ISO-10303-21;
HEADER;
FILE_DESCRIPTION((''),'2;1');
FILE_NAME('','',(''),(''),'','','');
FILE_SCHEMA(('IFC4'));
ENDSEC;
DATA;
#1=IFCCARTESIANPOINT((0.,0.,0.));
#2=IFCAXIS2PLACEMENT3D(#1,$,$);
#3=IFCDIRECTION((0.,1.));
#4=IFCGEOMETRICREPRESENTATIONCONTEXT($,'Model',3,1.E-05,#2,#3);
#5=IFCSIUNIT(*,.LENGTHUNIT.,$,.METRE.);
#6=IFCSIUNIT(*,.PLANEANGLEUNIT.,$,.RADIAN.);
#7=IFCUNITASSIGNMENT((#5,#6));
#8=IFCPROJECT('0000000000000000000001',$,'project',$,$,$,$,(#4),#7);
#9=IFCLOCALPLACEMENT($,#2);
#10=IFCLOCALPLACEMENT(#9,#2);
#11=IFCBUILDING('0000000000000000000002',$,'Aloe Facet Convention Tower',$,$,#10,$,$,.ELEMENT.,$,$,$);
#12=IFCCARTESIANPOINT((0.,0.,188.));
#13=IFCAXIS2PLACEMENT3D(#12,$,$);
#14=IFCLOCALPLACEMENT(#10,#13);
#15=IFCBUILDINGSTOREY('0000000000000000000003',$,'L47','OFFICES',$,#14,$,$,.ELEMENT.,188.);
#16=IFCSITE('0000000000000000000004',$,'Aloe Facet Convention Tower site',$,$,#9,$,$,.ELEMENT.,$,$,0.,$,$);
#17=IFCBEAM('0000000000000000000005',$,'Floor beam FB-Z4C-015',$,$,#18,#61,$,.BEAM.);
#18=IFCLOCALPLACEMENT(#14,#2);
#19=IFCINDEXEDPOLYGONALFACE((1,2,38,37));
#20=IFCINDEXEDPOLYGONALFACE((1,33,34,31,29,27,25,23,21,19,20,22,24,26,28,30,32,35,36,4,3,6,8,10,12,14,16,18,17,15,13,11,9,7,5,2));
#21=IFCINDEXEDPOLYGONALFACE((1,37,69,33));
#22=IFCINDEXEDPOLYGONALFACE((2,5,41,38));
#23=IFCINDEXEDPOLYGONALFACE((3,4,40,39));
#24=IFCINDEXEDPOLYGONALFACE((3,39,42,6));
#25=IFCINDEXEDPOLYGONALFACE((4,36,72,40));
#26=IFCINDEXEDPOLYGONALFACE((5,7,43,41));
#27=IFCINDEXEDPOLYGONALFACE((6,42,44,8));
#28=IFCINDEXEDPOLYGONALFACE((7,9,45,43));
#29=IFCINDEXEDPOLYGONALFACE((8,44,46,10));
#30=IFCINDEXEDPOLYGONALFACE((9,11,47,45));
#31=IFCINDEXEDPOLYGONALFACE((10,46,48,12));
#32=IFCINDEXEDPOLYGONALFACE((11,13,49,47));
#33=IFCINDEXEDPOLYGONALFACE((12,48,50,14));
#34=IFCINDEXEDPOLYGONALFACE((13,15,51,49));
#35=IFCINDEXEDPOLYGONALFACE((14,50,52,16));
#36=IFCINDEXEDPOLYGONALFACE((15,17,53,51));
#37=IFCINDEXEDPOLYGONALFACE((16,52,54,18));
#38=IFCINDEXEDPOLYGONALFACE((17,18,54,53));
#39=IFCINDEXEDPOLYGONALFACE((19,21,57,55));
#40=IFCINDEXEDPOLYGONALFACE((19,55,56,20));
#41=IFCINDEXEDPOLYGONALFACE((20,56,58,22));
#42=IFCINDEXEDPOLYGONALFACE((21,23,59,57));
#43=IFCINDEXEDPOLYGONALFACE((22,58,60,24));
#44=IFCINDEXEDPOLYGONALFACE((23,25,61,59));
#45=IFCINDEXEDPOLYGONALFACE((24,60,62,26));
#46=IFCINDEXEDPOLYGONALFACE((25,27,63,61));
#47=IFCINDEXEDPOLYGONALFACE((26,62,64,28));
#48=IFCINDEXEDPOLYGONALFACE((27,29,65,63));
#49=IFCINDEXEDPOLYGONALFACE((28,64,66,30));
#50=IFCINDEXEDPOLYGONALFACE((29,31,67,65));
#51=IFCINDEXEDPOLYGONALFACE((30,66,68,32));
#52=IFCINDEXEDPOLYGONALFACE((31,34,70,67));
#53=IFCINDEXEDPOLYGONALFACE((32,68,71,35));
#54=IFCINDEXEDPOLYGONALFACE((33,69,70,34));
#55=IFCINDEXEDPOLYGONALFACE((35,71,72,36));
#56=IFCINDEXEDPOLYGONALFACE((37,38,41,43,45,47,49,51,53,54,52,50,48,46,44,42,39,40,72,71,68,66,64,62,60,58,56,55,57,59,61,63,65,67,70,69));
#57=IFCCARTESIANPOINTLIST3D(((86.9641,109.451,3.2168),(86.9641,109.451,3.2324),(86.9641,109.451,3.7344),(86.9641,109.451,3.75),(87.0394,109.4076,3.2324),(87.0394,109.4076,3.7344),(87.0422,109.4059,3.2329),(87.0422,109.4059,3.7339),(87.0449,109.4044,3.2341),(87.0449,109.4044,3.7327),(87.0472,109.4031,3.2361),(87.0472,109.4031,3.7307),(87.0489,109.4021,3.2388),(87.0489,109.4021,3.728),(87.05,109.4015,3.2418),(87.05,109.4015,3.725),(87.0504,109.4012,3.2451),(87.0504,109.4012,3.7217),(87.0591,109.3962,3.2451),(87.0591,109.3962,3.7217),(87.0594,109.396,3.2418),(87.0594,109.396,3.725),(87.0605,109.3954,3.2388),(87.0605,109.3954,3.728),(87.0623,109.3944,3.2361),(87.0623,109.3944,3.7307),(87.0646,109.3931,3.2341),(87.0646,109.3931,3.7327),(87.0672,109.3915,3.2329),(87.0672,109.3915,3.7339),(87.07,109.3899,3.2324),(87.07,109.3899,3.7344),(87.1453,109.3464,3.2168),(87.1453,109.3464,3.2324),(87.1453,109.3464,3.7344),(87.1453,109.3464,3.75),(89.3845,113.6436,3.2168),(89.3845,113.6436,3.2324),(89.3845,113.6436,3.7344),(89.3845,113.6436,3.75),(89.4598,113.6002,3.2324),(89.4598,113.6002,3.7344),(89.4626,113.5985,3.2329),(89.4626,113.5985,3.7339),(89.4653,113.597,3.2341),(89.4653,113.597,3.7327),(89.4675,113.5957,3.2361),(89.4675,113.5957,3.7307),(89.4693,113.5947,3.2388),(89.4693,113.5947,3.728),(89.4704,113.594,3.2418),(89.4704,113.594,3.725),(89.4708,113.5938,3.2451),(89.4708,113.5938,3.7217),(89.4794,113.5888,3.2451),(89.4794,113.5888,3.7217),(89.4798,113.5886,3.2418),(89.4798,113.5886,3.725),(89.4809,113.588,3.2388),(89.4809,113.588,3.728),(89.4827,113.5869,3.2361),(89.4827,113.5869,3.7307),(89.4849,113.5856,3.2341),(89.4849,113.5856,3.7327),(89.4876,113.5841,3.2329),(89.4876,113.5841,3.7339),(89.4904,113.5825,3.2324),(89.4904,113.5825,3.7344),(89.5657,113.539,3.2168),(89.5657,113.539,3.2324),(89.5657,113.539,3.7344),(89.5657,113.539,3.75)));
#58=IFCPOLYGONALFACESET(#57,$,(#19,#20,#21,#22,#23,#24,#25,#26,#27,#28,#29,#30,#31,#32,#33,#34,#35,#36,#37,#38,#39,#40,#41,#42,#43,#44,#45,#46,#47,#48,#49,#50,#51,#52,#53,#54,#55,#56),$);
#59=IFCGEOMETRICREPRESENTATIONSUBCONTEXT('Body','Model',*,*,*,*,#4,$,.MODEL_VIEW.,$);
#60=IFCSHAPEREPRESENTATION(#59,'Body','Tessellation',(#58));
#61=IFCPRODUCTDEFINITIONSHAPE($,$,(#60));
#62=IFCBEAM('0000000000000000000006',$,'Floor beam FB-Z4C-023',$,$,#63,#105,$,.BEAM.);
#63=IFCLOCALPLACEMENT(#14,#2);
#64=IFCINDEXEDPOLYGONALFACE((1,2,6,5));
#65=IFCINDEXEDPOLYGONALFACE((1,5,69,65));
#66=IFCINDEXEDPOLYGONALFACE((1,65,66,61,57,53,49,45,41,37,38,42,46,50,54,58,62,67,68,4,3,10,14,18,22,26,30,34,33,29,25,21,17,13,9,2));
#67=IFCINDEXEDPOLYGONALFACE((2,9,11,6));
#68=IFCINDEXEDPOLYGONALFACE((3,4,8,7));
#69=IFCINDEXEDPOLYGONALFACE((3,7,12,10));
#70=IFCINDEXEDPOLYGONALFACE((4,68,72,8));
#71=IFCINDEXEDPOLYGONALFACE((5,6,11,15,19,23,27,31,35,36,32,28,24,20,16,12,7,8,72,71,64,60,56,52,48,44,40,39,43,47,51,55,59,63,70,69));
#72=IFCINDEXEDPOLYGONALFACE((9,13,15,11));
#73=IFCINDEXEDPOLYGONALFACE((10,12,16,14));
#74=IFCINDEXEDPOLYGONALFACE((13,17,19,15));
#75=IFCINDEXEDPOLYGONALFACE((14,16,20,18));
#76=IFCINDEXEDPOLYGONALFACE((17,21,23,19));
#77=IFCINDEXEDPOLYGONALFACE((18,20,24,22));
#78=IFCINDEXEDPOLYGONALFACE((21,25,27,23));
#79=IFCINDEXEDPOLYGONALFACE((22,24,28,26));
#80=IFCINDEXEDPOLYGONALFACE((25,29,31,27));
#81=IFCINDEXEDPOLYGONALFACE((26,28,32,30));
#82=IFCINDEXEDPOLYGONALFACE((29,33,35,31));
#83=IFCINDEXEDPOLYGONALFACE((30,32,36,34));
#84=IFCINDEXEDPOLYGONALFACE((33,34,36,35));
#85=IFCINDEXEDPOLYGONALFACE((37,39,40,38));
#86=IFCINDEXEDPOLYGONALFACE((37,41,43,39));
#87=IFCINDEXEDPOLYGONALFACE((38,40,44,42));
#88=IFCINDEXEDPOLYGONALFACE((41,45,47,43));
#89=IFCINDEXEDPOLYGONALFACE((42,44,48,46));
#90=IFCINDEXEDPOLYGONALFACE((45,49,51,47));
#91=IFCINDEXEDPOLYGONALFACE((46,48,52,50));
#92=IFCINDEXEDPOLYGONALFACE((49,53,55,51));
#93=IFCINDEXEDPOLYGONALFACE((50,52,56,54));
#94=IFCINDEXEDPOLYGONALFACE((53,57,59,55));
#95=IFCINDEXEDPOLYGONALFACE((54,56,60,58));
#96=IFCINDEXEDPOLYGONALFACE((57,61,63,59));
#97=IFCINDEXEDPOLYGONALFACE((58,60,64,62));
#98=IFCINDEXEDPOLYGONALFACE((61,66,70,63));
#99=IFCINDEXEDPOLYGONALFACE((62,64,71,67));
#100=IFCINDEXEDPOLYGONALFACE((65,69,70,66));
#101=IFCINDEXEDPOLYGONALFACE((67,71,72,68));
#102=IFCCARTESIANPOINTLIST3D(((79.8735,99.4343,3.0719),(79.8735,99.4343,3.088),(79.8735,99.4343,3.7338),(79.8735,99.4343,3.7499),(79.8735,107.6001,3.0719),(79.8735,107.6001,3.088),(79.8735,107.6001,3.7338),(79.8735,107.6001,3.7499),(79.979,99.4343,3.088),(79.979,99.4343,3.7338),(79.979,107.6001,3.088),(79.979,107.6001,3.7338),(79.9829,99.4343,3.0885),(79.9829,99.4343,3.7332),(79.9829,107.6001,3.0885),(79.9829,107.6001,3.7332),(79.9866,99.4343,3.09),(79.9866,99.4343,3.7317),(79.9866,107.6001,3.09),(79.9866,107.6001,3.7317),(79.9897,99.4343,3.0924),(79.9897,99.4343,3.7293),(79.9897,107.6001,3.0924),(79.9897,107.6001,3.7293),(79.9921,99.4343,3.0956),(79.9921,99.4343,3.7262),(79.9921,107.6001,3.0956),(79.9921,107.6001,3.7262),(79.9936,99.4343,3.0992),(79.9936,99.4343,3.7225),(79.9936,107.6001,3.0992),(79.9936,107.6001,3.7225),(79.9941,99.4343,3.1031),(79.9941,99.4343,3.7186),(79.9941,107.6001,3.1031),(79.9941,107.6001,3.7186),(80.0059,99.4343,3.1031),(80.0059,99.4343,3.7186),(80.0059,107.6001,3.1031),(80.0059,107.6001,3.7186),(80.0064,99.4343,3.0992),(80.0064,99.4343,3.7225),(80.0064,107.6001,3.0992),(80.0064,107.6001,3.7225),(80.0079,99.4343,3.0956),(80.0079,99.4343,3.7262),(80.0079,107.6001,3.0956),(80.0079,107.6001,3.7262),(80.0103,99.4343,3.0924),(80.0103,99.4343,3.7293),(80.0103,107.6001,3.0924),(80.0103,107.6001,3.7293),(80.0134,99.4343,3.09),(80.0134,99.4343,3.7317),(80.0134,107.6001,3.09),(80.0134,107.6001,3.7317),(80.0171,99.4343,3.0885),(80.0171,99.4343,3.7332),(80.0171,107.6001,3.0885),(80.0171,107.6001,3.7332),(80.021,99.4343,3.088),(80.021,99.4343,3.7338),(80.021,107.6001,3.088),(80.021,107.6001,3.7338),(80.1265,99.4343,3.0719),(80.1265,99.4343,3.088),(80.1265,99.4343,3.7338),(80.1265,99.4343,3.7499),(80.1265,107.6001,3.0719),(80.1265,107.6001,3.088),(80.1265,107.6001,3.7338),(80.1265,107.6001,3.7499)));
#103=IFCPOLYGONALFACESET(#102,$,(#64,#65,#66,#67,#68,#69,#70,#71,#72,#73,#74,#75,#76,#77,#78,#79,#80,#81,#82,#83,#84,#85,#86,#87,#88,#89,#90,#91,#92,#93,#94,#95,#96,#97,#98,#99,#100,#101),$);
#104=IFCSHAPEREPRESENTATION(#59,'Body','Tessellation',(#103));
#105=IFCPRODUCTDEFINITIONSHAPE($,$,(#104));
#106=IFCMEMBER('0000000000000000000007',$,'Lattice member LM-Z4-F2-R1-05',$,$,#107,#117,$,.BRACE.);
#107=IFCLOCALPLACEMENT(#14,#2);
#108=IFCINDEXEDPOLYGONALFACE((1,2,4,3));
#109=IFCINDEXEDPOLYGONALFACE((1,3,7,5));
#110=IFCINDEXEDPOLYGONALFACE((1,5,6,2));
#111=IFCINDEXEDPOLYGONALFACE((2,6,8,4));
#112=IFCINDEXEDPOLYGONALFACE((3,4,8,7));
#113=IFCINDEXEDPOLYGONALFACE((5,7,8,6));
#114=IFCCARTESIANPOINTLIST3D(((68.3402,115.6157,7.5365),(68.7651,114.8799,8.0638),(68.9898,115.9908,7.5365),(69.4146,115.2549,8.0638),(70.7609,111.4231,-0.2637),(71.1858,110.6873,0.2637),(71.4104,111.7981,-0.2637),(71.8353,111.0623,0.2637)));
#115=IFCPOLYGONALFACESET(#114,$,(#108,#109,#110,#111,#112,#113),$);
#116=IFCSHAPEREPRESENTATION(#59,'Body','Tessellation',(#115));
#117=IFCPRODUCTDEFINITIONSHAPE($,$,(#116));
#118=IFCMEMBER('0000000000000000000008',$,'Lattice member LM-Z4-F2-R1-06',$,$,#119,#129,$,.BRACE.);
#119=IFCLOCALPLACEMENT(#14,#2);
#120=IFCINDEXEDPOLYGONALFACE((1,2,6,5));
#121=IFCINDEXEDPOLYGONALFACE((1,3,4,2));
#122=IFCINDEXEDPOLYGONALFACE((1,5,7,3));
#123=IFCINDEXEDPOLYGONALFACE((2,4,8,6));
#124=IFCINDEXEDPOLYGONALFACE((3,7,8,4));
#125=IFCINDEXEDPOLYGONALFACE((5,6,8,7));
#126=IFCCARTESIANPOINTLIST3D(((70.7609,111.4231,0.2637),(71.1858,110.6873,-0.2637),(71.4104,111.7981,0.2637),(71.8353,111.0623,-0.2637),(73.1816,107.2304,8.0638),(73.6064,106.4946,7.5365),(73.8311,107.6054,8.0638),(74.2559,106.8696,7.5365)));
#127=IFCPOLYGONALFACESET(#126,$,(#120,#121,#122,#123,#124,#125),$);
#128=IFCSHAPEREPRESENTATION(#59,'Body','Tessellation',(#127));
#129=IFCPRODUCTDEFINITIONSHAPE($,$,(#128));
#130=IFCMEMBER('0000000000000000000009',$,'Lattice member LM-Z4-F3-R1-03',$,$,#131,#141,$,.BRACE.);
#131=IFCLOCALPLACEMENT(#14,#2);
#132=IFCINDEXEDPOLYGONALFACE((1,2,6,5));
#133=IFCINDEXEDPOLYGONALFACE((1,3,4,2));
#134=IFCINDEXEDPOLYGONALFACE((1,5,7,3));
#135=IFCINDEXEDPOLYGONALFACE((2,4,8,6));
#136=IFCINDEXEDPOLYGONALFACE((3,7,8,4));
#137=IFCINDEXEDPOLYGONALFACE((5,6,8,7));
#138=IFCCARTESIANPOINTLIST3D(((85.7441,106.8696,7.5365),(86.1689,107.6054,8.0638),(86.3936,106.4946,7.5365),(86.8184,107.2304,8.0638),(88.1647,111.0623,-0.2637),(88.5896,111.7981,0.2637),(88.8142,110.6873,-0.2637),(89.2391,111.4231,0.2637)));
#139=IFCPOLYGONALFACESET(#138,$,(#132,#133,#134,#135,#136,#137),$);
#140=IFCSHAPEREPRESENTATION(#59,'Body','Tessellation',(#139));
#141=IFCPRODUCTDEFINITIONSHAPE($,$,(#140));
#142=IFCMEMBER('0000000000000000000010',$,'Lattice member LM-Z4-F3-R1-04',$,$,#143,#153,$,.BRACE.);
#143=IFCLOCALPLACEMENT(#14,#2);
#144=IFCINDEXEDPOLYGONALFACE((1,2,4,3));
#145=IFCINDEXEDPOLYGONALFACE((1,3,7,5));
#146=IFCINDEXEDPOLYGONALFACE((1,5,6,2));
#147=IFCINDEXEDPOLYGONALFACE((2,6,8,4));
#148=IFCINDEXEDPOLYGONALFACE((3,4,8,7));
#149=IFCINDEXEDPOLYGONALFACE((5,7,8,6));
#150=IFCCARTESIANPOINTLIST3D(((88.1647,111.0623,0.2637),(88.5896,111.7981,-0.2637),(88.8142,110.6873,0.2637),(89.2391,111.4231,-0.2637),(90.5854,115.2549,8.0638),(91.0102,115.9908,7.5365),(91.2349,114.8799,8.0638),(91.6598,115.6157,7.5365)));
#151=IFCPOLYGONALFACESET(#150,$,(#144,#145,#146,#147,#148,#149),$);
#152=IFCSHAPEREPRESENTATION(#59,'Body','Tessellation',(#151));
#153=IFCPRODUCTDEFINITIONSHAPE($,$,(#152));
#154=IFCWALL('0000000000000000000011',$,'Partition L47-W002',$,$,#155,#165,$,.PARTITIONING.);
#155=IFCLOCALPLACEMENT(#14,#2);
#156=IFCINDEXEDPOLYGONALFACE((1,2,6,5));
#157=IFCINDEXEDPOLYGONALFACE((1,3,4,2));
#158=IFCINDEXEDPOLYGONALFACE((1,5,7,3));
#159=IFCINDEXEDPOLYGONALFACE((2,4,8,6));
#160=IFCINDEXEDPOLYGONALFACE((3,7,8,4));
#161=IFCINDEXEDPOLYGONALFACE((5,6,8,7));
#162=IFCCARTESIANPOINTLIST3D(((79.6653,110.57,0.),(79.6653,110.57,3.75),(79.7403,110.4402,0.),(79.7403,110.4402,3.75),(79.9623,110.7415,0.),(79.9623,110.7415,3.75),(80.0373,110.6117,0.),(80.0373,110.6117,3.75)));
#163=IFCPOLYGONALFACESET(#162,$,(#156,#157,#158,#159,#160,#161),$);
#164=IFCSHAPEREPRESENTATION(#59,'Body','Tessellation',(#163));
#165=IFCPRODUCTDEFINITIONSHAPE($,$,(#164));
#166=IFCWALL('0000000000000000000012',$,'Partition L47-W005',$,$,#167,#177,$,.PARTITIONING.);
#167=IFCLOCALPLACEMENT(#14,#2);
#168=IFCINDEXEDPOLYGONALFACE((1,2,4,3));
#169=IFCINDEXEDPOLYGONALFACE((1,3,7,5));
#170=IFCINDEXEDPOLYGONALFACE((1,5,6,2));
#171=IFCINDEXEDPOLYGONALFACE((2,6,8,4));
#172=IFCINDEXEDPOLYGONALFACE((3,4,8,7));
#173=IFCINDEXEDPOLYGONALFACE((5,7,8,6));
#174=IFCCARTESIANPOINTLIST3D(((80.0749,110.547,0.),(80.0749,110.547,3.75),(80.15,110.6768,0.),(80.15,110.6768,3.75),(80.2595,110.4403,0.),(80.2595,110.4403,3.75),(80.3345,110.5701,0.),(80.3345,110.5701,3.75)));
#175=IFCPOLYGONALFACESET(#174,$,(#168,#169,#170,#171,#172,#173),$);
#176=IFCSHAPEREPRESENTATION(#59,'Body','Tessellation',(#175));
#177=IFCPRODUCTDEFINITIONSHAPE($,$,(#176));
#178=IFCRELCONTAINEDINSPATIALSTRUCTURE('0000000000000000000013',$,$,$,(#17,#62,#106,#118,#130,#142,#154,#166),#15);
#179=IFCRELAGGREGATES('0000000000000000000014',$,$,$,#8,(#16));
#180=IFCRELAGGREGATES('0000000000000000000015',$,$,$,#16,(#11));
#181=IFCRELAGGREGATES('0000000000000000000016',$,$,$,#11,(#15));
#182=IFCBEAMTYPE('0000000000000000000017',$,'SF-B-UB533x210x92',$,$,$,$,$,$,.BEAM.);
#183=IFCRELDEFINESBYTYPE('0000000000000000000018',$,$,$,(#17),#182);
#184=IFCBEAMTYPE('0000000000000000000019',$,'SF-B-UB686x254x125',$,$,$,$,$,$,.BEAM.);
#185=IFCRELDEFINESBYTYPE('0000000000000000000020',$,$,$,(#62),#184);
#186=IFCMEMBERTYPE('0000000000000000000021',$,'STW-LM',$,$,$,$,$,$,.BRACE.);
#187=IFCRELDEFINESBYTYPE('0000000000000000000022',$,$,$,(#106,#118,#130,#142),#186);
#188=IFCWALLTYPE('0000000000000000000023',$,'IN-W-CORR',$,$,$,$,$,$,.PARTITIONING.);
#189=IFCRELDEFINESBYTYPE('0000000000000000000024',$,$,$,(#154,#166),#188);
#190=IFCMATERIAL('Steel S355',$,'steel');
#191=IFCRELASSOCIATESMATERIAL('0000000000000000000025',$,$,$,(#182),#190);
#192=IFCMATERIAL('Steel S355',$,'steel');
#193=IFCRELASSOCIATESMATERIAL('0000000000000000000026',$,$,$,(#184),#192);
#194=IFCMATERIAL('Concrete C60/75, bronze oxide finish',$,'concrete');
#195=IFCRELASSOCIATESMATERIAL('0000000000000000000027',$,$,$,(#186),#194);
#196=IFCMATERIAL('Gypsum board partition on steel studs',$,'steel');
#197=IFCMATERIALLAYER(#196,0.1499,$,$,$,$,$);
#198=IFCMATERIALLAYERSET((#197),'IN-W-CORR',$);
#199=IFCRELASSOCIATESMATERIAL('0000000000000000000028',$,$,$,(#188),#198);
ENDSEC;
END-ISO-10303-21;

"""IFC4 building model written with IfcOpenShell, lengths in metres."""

from ifc_helpers import new_model, si_unit, direction, frame, frame_2d, origin, origin_2d, place, context, subcontext, project, spatial, rectangle, i_section, extrude, material, layer, layer_set, material_profile, profile_set, type_object, element, save


model = new_model("IFC4")

# Units and contexts
model_context = context("Model", 3, precision=1e-05, world=origin(), true_north=direction((0.0, 1.0)))
body_context = subcontext(model_context, "Body", "Model", "MODEL_VIEW")
ifc_project = project(units=[si_unit("LENGTHUNIT", "METRE"), si_unit("PLANEANGLEUNIT", "RADIAN")], contexts=[model_context])

# Site, building, storey
site_placement = place(None, origin())
site = spatial("IfcSite", under=ifc_project, at=site_placement, Name="Aloe Facet Convention Tower site", CompositionType="ELEMENT", RefElevation=0.0)
building_placement = place(site_placement, origin())
building = spatial("IfcBuilding", under=site, at=building_placement, Name="Aloe Facet Convention Tower", CompositionType="ELEMENT")
storey_placement = place(building_placement, frame((0.0, 0.0, 188.0)))
storey = spatial("IfcBuildingStorey", under=building, at=storey_placement, Name="L47", Description="OFFICES", CompositionType="ELEMENT", Elevation=188.0)

# Beams
ifc_material_1 = material(Name="Steel S355", Category="steel")
ifc_material_profile_1 = material_profile(ifc_material_1, i_section(OverallWidth=0.2092, OverallDepth=0.5332, WebThickness=0.01, FlangeThickness=0.0156, FilletRadius=0.0127, at=origin_2d()), Name="UB 533x210x92")
ifc_profile_set_1 = profile_set([ifc_material_profile_1], Name="Steel S355")
beam_type_1 = type_object("IfcBeamType", Name="SF-B-UB533x210x92", PredefinedType="BEAM", material=ifc_profile_set_1)
for number, where, z_axis, x_axis, name in (
    (1, (89.4751, 113.5913, 3.4834), (-0.499968, -0.866044, 0.0), (0.866044, -0.499968, 0.0), "Floor beam FB-Z4C-015"),
):
    element("IfcBeam", number, at=place(storey_placement, frame(where, z_axis=z_axis, x_axis=x_axis)), inside=storey, type_object=beam_type_1, Name=name, PredefinedType="BEAM", context=body_context, shape_type="SweptSolid", body=[
        extrude(i_section(OverallWidth=0.2092, OverallDepth=0.5332, WebThickness=0.01, FlangeThickness=0.0156, FilletRadius=0.0127, at=origin_2d()), origin(), (0.0, 0.0, 1.0), 4.8411),
    ])
ifc_material_2 = material(Name="Steel S355", Category="steel")
ifc_material_profile_2 = material_profile(ifc_material_2, i_section(OverallWidth=0.2529, OverallDepth=0.678, WebThickness=0.0117, FlangeThickness=0.0161, FilletRadius=0.0151, at=origin_2d()), Name="UB 686x254x125")
ifc_profile_set_2 = profile_set([ifc_material_profile_2], Name="Steel S355")
beam_type_2 = type_object("IfcBeamType", Name="SF-B-UB686x254x125", PredefinedType="BEAM", material=ifc_profile_set_2)
beam_1_placement = place(storey_placement, frame((80.0, 107.6001, 3.4109), z_axis=(0.0, -1.0, 0.0), x_axis=(1.0, 0.0, 0.0)))
element("IfcBeam", 2, at=beam_1_placement, inside=storey, type_object=beam_type_2, Name="Floor beam FB-Z4C-023", PredefinedType="BEAM", context=body_context, shape_type="SweptSolid", body=[
    extrude(i_section(OverallWidth=0.2529, OverallDepth=0.678, WebThickness=0.0117, FlangeThickness=0.0161, FilletRadius=0.0151, at=origin_2d()), origin(), (0.0, 0.0, 1.0), 8.1658),
])

# Members
ifc_material_3 = material(Name="Concrete C60/75, bronze oxide finish", Category="concrete")
ifc_material_profile_3 = material_profile(ifc_material_3, rectangle(XDim=0.75, YDim=1.0, at=origin_2d()), Name="STW-LM")
ifc_profile_set_3 = profile_set([ifc_material_profile_3], Name="Concrete C60/75, bronze oxide finish")
member_type = type_object("IfcMemberType", Name="STW-LM", PredefinedType="BRACE", material=ifc_profile_set_3)
for number, where, z_axis, x_axis, name in (
    (3, (71.2981, 111.2427, 0.0), (-0.263678, 0.456697, 0.849648), (-0.866022, -0.500006, 0.0), "Lattice member LM-Z4-F2-R1-05"),
    (4, (71.2981, 111.2427, 0.0), (0.263678, -0.456697, 0.849648), (0.866022, 0.500006, 0.0), "Lattice member LM-Z4-F2-R1-06"),
    (5, (88.7019, 111.2427, 0.0), (-0.263678, -0.456697, 0.849648), (0.866022, -0.500006, 0.0), "Lattice member LM-Z4-F3-R1-03"),
    (6, (88.7019, 111.2427, 0.0), (0.263678, 0.456697, 0.849648), (-0.866022, 0.500006, 0.0), "Lattice member LM-Z4-F3-R1-04"),
):
    element("IfcMember", number, at=place(storey_placement, frame(where, z_axis=z_axis, x_axis=x_axis)), inside=storey, type_object=member_type, Name=name, PredefinedType="BRACE", context=body_context, shape_type="SweptSolid", body=[
        extrude(rectangle(XDim=0.75, YDim=1.0, at=origin_2d()), origin(), (0.0, 0.0, 1.0), 9.1804),
    ])

# Walls
ifc_material_4 = material(Name="Gypsum board partition on steel studs", Category="steel")
ifc_layer_1 = layer(ifc_material_4, 0.1499)
ifc_layer_set_1 = layer_set([ifc_layer_1], Name="IN-W-CORR")
wall_type_1 = type_object("IfcWallType", Name="IN-W-CORR", PredefinedType="PARTITIONING", material=ifc_layer_set_1)
wall_1_placement = place(storey_placement, frame((79.7029, 110.5051, 0.0), z_axis=(0.0, 0.0, 1.0), x_axis=(0.865913, 0.500195, 0.0)))
element("IfcWall", 7, at=wall_1_placement, inside=storey, type_object=wall_type_1, Name="Partition L47-W002", PredefinedType="PARTITIONING", context=body_context, shape_type="SweptSolid", body=[
    extrude(rectangle(XDim=0.343, YDim=0.1499, at=frame_2d((0.1714, 0.0))), origin(), (0.0, 0.0, 1.0), 3.75),
])
wall_2_placement = place(storey_placement, frame((80.1125, 110.6118, 0.0), z_axis=(0.0, 0.0, 1.0), x_axis=(0.865766, -0.500449, 0.0)))
element("IfcWall", 8, at=wall_2_placement, inside=storey, type_object=wall_type_1, Name="Partition L47-W005", PredefinedType="PARTITIONING", context=body_context, shape_type="SweptSolid", body=[
    extrude(rectangle(XDim=0.2131, YDim=0.1499, at=frame_2d((0.1064, 0.0))), origin(), (0.0, 0.0, 1.0), 3.75),
])

save(model, "model.ifc")
